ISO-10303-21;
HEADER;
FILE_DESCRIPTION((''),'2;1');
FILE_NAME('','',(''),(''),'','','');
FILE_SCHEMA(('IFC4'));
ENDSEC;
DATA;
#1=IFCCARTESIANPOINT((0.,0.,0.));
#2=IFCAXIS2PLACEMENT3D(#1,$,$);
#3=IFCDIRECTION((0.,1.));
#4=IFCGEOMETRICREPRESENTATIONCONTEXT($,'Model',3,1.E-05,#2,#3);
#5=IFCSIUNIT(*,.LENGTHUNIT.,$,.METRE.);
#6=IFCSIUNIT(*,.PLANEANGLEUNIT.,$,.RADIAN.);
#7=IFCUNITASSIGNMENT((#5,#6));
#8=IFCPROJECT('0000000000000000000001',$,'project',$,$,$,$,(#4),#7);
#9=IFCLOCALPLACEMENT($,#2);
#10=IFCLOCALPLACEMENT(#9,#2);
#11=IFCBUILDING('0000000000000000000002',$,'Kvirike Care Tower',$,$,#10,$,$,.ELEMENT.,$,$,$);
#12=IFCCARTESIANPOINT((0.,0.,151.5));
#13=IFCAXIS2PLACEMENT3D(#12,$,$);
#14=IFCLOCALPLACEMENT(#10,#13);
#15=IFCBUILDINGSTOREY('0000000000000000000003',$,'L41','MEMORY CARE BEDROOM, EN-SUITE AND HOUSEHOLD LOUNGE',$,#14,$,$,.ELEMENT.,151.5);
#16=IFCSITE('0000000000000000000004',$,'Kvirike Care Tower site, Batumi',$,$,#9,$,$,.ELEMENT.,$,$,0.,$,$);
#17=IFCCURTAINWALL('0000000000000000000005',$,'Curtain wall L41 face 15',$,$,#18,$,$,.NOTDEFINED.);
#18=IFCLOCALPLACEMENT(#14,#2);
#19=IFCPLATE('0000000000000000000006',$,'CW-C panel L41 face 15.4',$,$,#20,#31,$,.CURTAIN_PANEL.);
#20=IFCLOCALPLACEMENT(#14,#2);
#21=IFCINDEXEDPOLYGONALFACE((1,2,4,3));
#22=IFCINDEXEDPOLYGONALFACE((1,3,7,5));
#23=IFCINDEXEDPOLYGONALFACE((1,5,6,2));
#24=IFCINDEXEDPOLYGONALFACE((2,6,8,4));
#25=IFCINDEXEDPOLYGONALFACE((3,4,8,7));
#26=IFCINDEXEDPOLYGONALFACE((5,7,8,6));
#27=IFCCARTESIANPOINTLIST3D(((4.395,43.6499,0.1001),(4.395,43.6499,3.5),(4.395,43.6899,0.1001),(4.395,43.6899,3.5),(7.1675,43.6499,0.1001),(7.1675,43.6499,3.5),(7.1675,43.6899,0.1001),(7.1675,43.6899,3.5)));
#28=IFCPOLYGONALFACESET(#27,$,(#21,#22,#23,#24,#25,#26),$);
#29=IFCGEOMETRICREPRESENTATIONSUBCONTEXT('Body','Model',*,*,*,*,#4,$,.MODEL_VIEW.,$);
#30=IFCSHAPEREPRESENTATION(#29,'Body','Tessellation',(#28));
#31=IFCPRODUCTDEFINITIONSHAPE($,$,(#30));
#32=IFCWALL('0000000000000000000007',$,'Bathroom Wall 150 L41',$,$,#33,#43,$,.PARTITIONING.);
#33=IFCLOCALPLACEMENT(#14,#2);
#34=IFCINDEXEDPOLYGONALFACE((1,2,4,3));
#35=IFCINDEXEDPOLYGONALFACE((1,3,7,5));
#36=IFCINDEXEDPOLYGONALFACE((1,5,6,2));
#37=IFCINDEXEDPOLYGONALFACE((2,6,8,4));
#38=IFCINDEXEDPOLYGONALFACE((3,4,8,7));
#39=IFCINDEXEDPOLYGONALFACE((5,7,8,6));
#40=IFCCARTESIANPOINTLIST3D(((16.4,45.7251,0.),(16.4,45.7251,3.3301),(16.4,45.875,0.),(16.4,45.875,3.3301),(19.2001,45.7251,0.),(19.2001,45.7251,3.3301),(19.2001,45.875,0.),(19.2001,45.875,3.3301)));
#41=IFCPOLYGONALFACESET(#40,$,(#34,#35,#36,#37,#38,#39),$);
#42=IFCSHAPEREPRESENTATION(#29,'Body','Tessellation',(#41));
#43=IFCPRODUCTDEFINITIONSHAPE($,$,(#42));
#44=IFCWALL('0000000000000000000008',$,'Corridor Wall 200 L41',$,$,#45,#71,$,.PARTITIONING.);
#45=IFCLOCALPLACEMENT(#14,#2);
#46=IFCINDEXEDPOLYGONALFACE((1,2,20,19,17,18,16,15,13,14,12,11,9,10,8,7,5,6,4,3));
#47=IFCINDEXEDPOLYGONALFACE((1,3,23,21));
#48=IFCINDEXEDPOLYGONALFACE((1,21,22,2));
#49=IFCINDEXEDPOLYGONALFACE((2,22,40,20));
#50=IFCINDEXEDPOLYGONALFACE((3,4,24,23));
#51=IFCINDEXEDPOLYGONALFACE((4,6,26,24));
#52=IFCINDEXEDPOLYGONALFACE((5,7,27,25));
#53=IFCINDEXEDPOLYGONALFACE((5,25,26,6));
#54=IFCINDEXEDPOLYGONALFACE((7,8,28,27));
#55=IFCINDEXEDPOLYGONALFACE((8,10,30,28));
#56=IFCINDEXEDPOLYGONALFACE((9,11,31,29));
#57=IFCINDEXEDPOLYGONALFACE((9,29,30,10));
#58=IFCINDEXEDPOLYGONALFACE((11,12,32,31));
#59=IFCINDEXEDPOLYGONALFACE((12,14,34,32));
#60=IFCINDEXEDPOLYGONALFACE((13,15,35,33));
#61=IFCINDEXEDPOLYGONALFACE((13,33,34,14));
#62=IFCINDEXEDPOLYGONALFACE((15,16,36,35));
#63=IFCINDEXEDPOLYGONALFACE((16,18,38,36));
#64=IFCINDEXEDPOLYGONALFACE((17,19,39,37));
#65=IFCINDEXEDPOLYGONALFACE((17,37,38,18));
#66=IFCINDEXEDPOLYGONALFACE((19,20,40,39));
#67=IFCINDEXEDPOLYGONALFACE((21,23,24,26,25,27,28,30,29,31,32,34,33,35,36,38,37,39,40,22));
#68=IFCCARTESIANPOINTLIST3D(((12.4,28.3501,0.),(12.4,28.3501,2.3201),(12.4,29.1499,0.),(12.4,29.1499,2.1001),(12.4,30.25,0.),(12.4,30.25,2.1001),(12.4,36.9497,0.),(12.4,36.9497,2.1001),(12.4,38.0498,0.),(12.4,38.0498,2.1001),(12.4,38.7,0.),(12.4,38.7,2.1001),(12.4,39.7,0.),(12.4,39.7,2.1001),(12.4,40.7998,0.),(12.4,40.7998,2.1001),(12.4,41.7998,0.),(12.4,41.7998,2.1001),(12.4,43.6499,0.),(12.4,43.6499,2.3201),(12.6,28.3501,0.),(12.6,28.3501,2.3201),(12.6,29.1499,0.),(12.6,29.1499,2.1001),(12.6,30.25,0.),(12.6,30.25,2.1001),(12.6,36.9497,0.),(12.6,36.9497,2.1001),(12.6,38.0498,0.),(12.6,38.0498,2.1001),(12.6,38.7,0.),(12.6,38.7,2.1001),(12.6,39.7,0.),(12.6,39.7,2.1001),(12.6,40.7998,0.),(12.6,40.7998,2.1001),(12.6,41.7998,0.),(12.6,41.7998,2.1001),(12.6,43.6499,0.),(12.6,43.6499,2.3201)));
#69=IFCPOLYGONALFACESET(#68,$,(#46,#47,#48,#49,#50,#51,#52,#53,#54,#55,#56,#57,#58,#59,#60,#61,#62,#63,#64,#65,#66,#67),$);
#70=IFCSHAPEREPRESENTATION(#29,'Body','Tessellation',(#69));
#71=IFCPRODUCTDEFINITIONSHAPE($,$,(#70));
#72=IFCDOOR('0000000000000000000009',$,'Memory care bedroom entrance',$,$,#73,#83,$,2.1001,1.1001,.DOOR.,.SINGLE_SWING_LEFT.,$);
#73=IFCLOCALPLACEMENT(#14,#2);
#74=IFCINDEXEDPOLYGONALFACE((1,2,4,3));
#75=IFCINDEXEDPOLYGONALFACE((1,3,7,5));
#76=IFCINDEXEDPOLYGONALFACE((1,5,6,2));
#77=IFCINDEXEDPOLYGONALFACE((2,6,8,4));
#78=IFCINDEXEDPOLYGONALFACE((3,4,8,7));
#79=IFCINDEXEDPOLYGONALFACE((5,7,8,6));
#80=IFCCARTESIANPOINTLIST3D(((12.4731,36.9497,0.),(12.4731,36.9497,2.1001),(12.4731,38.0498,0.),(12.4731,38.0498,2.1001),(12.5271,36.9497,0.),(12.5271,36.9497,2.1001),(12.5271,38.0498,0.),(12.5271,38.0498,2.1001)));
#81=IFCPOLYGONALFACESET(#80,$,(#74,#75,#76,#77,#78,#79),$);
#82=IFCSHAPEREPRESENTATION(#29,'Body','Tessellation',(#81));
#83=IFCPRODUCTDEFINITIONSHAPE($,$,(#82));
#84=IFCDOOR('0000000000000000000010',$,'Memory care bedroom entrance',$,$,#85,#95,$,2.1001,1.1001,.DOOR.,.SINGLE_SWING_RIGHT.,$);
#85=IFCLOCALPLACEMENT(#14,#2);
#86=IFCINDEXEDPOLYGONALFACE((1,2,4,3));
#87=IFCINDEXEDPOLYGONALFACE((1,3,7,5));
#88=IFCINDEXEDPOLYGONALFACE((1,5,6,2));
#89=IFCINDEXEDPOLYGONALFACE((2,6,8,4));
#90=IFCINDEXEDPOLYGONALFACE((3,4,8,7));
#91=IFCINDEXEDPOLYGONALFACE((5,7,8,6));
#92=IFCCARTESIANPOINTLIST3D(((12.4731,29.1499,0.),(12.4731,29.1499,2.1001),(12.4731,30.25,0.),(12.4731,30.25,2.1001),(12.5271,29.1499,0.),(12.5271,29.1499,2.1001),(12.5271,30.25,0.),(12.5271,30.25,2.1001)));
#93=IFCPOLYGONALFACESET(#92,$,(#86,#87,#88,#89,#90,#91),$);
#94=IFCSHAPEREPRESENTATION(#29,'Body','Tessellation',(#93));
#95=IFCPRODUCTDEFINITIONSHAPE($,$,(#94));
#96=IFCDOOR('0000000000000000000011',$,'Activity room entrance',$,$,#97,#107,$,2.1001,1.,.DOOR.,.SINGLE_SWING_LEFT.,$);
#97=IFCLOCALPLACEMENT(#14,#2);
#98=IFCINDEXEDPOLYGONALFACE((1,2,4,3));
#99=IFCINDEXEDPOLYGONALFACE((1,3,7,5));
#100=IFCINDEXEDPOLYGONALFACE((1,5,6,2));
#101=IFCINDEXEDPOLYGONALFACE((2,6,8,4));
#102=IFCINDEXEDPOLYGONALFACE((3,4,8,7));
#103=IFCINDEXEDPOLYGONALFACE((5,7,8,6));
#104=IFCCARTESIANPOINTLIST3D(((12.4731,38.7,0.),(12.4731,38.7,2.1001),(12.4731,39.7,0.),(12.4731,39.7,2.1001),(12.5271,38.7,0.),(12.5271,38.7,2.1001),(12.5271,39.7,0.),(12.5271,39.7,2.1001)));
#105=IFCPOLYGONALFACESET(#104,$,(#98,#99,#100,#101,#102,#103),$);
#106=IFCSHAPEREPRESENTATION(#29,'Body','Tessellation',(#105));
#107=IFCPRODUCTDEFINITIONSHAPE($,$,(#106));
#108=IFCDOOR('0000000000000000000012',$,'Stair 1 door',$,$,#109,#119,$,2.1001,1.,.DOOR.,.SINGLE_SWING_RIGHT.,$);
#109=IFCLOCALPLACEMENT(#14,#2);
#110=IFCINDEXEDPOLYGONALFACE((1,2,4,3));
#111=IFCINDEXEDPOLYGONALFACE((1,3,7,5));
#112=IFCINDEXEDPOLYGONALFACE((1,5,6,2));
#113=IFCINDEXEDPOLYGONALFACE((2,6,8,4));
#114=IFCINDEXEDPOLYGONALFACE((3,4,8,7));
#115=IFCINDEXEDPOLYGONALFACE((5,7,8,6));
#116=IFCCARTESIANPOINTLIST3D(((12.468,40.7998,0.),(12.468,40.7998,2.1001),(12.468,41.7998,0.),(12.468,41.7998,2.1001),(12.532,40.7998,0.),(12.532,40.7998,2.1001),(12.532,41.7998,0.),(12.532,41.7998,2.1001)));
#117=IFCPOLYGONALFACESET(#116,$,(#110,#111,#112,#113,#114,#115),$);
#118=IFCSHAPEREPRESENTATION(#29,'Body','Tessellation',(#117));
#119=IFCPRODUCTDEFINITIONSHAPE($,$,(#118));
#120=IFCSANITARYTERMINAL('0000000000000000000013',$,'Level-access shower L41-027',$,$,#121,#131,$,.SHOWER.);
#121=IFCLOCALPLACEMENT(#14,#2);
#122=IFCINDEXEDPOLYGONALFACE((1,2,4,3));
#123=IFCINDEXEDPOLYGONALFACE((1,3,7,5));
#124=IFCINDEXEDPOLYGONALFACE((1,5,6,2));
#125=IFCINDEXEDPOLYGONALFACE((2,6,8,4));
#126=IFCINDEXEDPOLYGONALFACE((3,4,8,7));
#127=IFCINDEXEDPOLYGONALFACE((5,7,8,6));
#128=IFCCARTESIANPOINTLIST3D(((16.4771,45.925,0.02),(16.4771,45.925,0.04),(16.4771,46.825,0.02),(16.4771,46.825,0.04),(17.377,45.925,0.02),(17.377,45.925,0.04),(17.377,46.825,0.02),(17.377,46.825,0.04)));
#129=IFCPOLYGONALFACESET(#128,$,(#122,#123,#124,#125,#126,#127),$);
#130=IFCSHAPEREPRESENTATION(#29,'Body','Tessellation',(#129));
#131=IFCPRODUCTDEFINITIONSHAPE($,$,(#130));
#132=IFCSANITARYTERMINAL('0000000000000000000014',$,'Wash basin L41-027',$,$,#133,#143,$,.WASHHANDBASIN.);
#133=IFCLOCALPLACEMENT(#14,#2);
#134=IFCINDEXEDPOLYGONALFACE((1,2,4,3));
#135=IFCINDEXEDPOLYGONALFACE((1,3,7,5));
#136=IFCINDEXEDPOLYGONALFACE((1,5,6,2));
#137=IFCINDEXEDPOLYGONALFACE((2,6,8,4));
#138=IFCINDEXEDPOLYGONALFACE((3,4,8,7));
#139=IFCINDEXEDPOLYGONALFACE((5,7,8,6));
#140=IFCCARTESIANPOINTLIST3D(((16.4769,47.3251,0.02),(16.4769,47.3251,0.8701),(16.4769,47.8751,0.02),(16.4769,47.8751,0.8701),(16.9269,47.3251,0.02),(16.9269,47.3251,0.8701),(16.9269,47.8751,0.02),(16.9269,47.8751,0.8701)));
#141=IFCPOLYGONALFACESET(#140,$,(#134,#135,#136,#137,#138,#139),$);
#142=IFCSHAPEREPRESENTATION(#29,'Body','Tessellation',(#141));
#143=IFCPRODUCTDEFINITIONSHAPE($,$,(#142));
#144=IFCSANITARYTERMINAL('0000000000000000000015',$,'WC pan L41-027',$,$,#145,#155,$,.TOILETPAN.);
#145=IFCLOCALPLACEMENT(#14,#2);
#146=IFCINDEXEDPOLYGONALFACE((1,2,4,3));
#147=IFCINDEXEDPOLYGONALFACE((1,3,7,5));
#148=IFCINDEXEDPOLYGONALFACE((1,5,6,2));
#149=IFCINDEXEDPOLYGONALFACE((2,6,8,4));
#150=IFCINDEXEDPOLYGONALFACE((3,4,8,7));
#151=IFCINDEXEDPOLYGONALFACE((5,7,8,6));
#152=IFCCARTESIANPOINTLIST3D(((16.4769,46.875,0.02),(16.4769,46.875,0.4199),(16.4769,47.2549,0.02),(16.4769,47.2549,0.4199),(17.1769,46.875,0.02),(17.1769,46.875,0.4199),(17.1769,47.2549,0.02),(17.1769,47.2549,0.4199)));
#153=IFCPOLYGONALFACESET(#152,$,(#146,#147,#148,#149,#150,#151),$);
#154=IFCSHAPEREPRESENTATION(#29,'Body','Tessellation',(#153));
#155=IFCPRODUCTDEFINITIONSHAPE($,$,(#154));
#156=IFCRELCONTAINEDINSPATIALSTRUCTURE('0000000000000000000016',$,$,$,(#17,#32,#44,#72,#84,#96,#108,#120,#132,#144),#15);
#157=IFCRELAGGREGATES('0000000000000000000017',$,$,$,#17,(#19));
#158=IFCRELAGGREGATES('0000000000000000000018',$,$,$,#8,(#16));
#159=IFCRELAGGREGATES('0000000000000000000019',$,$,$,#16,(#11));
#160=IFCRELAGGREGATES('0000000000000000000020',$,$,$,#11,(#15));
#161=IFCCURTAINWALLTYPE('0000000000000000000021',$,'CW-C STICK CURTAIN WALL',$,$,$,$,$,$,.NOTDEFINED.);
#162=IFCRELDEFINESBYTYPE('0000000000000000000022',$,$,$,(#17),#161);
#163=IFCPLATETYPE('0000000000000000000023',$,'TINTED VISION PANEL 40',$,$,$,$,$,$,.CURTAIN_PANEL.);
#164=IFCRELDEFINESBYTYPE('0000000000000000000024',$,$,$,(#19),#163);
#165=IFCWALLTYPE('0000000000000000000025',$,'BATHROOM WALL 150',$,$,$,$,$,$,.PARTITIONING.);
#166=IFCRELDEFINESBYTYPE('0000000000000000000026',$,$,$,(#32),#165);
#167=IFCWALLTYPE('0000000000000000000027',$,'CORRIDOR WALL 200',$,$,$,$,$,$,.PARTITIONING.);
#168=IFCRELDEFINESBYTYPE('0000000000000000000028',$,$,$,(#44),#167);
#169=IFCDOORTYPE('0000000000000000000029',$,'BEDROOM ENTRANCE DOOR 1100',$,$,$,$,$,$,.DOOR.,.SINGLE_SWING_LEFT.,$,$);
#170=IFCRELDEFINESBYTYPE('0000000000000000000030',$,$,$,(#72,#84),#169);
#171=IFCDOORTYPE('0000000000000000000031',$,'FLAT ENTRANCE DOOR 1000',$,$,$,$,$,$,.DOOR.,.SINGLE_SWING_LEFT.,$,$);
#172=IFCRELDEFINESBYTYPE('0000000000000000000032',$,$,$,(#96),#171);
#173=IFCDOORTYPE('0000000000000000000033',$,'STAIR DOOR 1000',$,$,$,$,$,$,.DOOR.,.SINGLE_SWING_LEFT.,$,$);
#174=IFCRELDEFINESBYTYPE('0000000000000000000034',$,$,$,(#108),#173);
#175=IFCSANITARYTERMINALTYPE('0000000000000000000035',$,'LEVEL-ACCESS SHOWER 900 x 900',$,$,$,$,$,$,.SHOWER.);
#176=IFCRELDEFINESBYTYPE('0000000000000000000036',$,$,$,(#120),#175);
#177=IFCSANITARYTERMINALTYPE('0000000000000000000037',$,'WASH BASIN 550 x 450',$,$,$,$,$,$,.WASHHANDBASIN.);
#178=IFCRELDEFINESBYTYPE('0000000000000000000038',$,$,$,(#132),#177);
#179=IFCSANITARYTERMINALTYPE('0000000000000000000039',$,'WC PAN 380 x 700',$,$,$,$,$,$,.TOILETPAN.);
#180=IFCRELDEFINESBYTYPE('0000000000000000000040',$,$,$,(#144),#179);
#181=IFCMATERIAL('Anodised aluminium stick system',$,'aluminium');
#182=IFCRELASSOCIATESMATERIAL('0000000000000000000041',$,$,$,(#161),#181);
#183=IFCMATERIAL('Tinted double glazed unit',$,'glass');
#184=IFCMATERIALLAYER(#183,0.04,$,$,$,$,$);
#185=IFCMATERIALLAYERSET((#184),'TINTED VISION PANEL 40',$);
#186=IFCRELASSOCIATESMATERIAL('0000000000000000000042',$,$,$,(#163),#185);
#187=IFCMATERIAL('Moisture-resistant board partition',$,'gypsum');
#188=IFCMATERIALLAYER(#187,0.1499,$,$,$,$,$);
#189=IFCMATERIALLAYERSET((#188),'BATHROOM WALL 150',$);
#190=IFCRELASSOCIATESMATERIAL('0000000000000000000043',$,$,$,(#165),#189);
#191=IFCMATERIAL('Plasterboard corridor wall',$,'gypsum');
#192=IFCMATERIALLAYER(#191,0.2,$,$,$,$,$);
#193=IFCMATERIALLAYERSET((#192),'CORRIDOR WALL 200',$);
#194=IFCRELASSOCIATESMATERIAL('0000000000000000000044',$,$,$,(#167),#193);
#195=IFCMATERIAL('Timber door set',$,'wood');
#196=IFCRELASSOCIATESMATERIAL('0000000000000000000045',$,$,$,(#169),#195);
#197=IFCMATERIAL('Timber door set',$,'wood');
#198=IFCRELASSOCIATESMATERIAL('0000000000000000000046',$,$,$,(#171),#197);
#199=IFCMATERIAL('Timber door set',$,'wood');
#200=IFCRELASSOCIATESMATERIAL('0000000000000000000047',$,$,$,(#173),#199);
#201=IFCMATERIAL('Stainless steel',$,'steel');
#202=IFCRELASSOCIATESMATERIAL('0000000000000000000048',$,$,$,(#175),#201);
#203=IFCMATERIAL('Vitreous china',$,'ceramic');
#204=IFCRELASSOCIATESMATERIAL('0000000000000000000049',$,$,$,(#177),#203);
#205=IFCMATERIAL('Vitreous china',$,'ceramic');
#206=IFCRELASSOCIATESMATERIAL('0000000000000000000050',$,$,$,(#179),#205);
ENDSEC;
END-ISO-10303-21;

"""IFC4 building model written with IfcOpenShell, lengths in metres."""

from ifc_helpers import new_model, si_unit, direction, frame, frame_2d, origin, origin_2d, place, context, subcontext, project, spatial, rectangle, extrude, material, layer, layer_set, type_object, element, fill, aggregate, save


model = new_model("IFC4")

# Units and contexts
model_context = context("Model", 3, precision=1e-05, world=origin(), true_north=direction((0.0, 1.0)))
body_context = subcontext(model_context, "Body", "Model", "MODEL_VIEW")
ifc_project = project(units=[si_unit("LENGTHUNIT", "METRE"), si_unit("PLANEANGLEUNIT", "RADIAN")], contexts=[model_context])

# Site, building, storey
site_placement = place(None, origin())
site = spatial("IfcSite", under=ifc_project, at=site_placement, Name="Kvirike Care Tower site, Batumi", CompositionType="ELEMENT", RefElevation=0.0)
building_placement = place(site_placement, origin())
building = spatial("IfcBuilding", under=site, at=building_placement, Name="Kvirike Care Tower", CompositionType="ELEMENT")
storey_placement = place(building_placement, frame((0.0, 0.0, 151.5)))
storey = spatial("IfcBuildingStorey", under=building, at=storey_placement, Name="L41", Description="MEMORY CARE BEDROOM, EN-SUITE AND HOUSEHOLD LOUNGE", CompositionType="ELEMENT", Elevation=151.5)

# Curtain wall
ifc_material_1 = material(Name="Anodised aluminium stick system", Category="aluminium")
curtain_wall_type = type_object("IfcCurtainWallType", Name="CW-C STICK CURTAIN WALL", PredefinedType="NOTDEFINED", material=ifc_material_1)
curtain_wall_1_placement = place(storey_placement, origin())
curtain_wall_1 = element("IfcCurtainWall", 1, at=curtain_wall_1_placement, inside=storey, type_object=curtain_wall_type, Name="Curtain wall L41 face 15", PredefinedType="NOTDEFINED")

# Plate
ifc_material_2 = material(Name="Tinted double glazed unit", Category="glass")
ifc_layer_1 = layer(ifc_material_2, 0.04)
ifc_layer_set_1 = layer_set([ifc_layer_1], Name="TINTED VISION PANEL 40")
plate_type = type_object("IfcPlateType", Name="TINTED VISION PANEL 40", PredefinedType="CURTAIN_PANEL", material=ifc_layer_set_1)
plate_1_placement = place(storey_placement, frame((5.7812, 43.6699, 0.1001), z_axis=(0.0, 0.0, 1.0), x_axis=(-1.0, 0.0, 0.0)))
plate_1 = element("IfcPlate", 2, at=plate_1_placement, type_object=plate_type, Name="CW-C panel L41 face 15.4", PredefinedType="CURTAIN_PANEL", context=body_context, shape_type="SweptSolid", body=[
    extrude(rectangle(XDim=2.7725, YDim=0.04, at=origin_2d()), origin(), (0.0, 0.0, 1.0), 3.3999),
])
aggregate(curtain_wall_1, [plate_1])

# Wall
ifc_material_3 = material(Name="Moisture-resistant board partition", Category="gypsum")
ifc_layer_2 = layer(ifc_material_3, 0.1499)
ifc_layer_set_2 = layer_set([ifc_layer_2], Name="BATHROOM WALL 150")
wall_type_1 = type_object("IfcWallType", Name="BATHROOM WALL 150", PredefinedType="PARTITIONING", material=ifc_layer_set_2)
wall_1_placement = place(storey_placement, frame((19.2, 45.8, 0.0), z_axis=(0.0, 0.0, 1.0), x_axis=(-1.0, 0.0, 0.0)))
element("IfcWall", 3, at=wall_1_placement, inside=storey, type_object=wall_type_1, Name="Bathroom Wall 150 L41", PredefinedType="PARTITIONING", context=body_context, shape_type="SweptSolid", body=[
    extrude(rectangle(XDim=2.8, YDim=0.1499, at=frame_2d((1.3999, 0.0))), origin(), (0.0, 0.0, 1.0), 3.3301),
])

# Wall, openings, doors
ifc_material_4 = material(Name="Plasterboard corridor wall", Category="gypsum")
ifc_layer_3 = layer(ifc_material_4, 0.2)
ifc_layer_set_3 = layer_set([ifc_layer_3], Name="CORRIDOR WALL 200")
wall_type_2 = type_object("IfcWallType", Name="CORRIDOR WALL 200", PredefinedType="PARTITIONING", material=ifc_layer_set_3)
wall_2_placement = place(storey_placement, frame((12.5, 43.6499, 0.0), z_axis=(0.0, 0.0, 1.0), x_axis=(0.0, -1.0, 0.0)))
wall_2 = element("IfcWall", 4, at=wall_2_placement, inside=storey, type_object=wall_type_2, Name="Corridor Wall 200 L41", PredefinedType="PARTITIONING", context=body_context, shape_type="SweptSolid", body=[
    extrude(rectangle(XDim=15.2998, YDim=0.2, at=frame_2d((7.6499, 0.0))), origin(), (0.0, 0.0, 1.0), 2.3201),
])
opening_1_placement = place(wall_2_placement, frame((1.8501, 0.0, 0.0)))
opening_1 = element("IfcOpeningElement", 5, at=opening_1_placement, cuts=wall_2, PredefinedType="OPENING", context=body_context, shape_type="SweptSolid", body=[
    extrude(rectangle(XDim=1.0, YDim=2.1001, at=frame_2d((0.5, 1.05))), frame((0.0, 0.1106, 0.0), z_axis=(0.0, -1.0, 0.0), x_axis=(1.0, 0.0, 0.0)), (0.0, 0.0, 1.0), 0.2209),
])
opening_2_placement = place(wall_2_placement, frame((3.95, 0.0, 0.0)))
opening_2 = element("IfcOpeningElement", 6, at=opening_2_placement, cuts=wall_2, PredefinedType="OPENING", context=body_context, shape_type="SweptSolid", body=[
    extrude(rectangle(XDim=1.0, YDim=2.1001, at=frame_2d((0.5, 1.05))), frame((0.0, 0.1106, 0.0), z_axis=(0.0, -1.0, 0.0), x_axis=(1.0, 0.0, 0.0)), (0.0, 0.0, 1.0), 0.2209),
])
opening_3_placement = place(wall_2_placement, frame((5.6001, 0.0, 0.0)))
opening_3 = element("IfcOpeningElement", 7, at=opening_3_placement, cuts=wall_2, PredefinedType="OPENING", context=body_context, shape_type="SweptSolid", body=[
    extrude(rectangle(XDim=1.1001, YDim=2.1001, at=frame_2d((0.55, 1.05))), frame((0.0, 0.1106, 0.0), z_axis=(0.0, -1.0, 0.0), x_axis=(1.0, 0.0, 0.0)), (0.0, 0.0, 1.0), 0.2209),
])
opening_4_placement = place(wall_2_placement, frame((13.3999, 0.0, 0.0)))
opening_4 = element("IfcOpeningElement", 8, at=opening_4_placement, cuts=wall_2, PredefinedType="OPENING", context=body_context, shape_type="SweptSolid", body=[
    extrude(rectangle(XDim=1.1001, YDim=2.1001, at=frame_2d((0.55, 1.05))), frame((0.0, 0.1106, 0.0), z_axis=(0.0, -1.0, 0.0), x_axis=(1.0, 0.0, 0.0)), (0.0, 0.0, 1.0), 0.2209),
])
ifc_material_5 = material(Name="Timber door set", Category="wood")
door_type_1 = type_object("IfcDoorType", Name="BEDROOM ENTRANCE DOOR 1100", OperationType="SINGLE_SWING_LEFT", PredefinedType="DOOR", material=ifc_material_5)
door_1_placement = place(opening_3_placement, frame((1.1001, 0.0, 0.0), z_axis=(0.0, 0.0, 1.0), x_axis=(-1.0, 0.0, 0.0)))
door_1 = element("IfcDoor", 9, at=door_1_placement, inside=storey, type_object=door_type_1, Name="Memory care bedroom entrance", OperationType="SINGLE_SWING_LEFT", OverallHeight=2.1001, OverallWidth=1.1001, PredefinedType="DOOR", context=body_context, shape_type="SweptSolid", body=[
    extrude(rectangle(XDim=1.1001, YDim=2.1001, at=frame_2d((0.55, 1.05))), frame((0.0, 0.0269, 0.0), z_axis=(0.0, -1.0, 0.0), x_axis=(1.0, 0.0, 0.0)), (0.0, 0.0, 1.0), 0.054),
])
fill(opening_3, door_1)
door_2_placement = place(opening_4_placement, frame((1.1001, 0.0, 0.0), z_axis=(0.0, 0.0, 1.0), x_axis=(-1.0, 0.0, 0.0)))
door_2 = element("IfcDoor", 10, at=door_2_placement, inside=storey, type_object=door_type_1, Name="Memory care bedroom entrance", OperationType="SINGLE_SWING_RIGHT", OverallHeight=2.1001, OverallWidth=1.1001, PredefinedType="DOOR", context=body_context, shape_type="SweptSolid", body=[
    extrude(rectangle(XDim=1.1001, YDim=2.1001, at=frame_2d((0.55, 1.05))), frame((0.0, 0.0269, 0.0), z_axis=(0.0, -1.0, 0.0), x_axis=(1.0, 0.0, 0.0)), (0.0, 0.0, 1.0), 0.054),
])
fill(opening_4, door_2)
ifc_material_6 = material(Name="Timber door set", Category="wood")
door_type_2 = type_object("IfcDoorType", Name="FLAT ENTRANCE DOOR 1000", OperationType="SINGLE_SWING_LEFT", PredefinedType="DOOR", material=ifc_material_6)
door_3_placement = place(opening_2_placement, frame((1.0, 0.0, 0.0), z_axis=(0.0, 0.0, 1.0), x_axis=(-1.0, 0.0, 0.0)))
door_3 = element("IfcDoor", 11, at=door_3_placement, inside=storey, type_object=door_type_2, Name="Activity room entrance", OperationType="SINGLE_SWING_LEFT", OverallHeight=2.1001, OverallWidth=1.0, PredefinedType="DOOR", context=body_context, shape_type="SweptSolid", body=[
    extrude(rectangle(XDim=1.0, YDim=2.1001, at=frame_2d((0.5, 1.05))), frame((0.0, 0.0269, 0.0), z_axis=(0.0, -1.0, 0.0), x_axis=(1.0, 0.0, 0.0)), (0.0, 0.0, 1.0), 0.054),
])
fill(opening_2, door_3)
ifc_material_7 = material(Name="Timber door set", Category="wood")
door_type_3 = type_object("IfcDoorType", Name="STAIR DOOR 1000", OperationType="SINGLE_SWING_LEFT", PredefinedType="DOOR", material=ifc_material_7)
door_4_placement = place(opening_1_placement, frame((1.0, 0.0, 0.0), z_axis=(0.0, 0.0, 1.0), x_axis=(-1.0, 0.0, 0.0)))
door_4 = element("IfcDoor", 12, at=door_4_placement, inside=storey, type_object=door_type_3, Name="Stair 1 door", OperationType="SINGLE_SWING_RIGHT", OverallHeight=2.1001, OverallWidth=1.0, PredefinedType="DOOR", context=body_context, shape_type="SweptSolid", body=[
    extrude(rectangle(XDim=1.0, YDim=2.1001, at=frame_2d((0.5, 1.05))), frame((0.0, 0.032, 0.0), z_axis=(0.0, -1.0, 0.0), x_axis=(1.0, 0.0, 0.0)), (0.0, 0.0, 1.0), 0.064),
])
fill(opening_1, door_4)

# Sanitary terminals
ifc_material_8 = material(Name="Stainless steel", Category="steel")
sanitary_terminal_type_1 = type_object("IfcSanitaryTerminalType", Name="LEVEL-ACCESS SHOWER 900 x 900", PredefinedType="SHOWER", material=ifc_material_8)
sanitary_terminal_1_placement = place(storey_placement, frame((16.927, 46.375, 0.02), z_axis=(0.0, 0.0, 1.0), x_axis=(0.0, 1.0, 0.0)))
element("IfcSanitaryTerminal", 13, at=sanitary_terminal_1_placement, inside=storey, type_object=sanitary_terminal_type_1, Name="Level-access shower L41-027", PredefinedType="SHOWER", context=body_context, shape_type="SweptSolid", body=[
    extrude(rectangle(XDim=0.8999, YDim=0.8999, at=origin_2d()), origin(), (0.0, 0.0, 1.0), 0.02),
])
ifc_material_9 = material(Name="Vitreous china", Category="ceramic")
sanitary_terminal_type_2 = type_object("IfcSanitaryTerminalType", Name="WASH BASIN 550 x 450", PredefinedType="WASHHANDBASIN", material=ifc_material_9)
sanitary_terminal_2_placement = place(storey_placement, frame((16.7019, 47.6001, 0.02), z_axis=(0.0, 0.0, 1.0), x_axis=(0.0, 1.0, 0.0)))
element("IfcSanitaryTerminal", 14, at=sanitary_terminal_2_placement, inside=storey, type_object=sanitary_terminal_type_2, Name="Wash basin L41-027", PredefinedType="WASHHANDBASIN", context=body_context, shape_type="SweptSolid", body=[
    extrude(rectangle(XDim=0.55, YDim=0.45, at=origin_2d()), origin(), (0.0, 0.0, 1.0), 0.8501),
])
ifc_material_10 = material(Name="Vitreous china", Category="ceramic")
sanitary_terminal_type_3 = type_object("IfcSanitaryTerminalType", Name="WC PAN 380 x 700", PredefinedType="TOILETPAN", material=ifc_material_10)
sanitary_terminal_3_placement = place(storey_placement, frame((16.8269, 47.0649, 0.02), z_axis=(0.0, 0.0, 1.0), x_axis=(0.0, 1.0, 0.0)))
element("IfcSanitaryTerminal", 15, at=sanitary_terminal_3_placement, inside=storey, type_object=sanitary_terminal_type_3, Name="WC pan L41-027", PredefinedType="TOILETPAN", context=body_context, shape_type="SweptSolid", body=[
    extrude(rectangle(XDim=0.3799, YDim=0.7, at=origin_2d()), origin(), (0.0, 0.0, 1.0), 0.3999),
])

save(model, "model.ifc")
